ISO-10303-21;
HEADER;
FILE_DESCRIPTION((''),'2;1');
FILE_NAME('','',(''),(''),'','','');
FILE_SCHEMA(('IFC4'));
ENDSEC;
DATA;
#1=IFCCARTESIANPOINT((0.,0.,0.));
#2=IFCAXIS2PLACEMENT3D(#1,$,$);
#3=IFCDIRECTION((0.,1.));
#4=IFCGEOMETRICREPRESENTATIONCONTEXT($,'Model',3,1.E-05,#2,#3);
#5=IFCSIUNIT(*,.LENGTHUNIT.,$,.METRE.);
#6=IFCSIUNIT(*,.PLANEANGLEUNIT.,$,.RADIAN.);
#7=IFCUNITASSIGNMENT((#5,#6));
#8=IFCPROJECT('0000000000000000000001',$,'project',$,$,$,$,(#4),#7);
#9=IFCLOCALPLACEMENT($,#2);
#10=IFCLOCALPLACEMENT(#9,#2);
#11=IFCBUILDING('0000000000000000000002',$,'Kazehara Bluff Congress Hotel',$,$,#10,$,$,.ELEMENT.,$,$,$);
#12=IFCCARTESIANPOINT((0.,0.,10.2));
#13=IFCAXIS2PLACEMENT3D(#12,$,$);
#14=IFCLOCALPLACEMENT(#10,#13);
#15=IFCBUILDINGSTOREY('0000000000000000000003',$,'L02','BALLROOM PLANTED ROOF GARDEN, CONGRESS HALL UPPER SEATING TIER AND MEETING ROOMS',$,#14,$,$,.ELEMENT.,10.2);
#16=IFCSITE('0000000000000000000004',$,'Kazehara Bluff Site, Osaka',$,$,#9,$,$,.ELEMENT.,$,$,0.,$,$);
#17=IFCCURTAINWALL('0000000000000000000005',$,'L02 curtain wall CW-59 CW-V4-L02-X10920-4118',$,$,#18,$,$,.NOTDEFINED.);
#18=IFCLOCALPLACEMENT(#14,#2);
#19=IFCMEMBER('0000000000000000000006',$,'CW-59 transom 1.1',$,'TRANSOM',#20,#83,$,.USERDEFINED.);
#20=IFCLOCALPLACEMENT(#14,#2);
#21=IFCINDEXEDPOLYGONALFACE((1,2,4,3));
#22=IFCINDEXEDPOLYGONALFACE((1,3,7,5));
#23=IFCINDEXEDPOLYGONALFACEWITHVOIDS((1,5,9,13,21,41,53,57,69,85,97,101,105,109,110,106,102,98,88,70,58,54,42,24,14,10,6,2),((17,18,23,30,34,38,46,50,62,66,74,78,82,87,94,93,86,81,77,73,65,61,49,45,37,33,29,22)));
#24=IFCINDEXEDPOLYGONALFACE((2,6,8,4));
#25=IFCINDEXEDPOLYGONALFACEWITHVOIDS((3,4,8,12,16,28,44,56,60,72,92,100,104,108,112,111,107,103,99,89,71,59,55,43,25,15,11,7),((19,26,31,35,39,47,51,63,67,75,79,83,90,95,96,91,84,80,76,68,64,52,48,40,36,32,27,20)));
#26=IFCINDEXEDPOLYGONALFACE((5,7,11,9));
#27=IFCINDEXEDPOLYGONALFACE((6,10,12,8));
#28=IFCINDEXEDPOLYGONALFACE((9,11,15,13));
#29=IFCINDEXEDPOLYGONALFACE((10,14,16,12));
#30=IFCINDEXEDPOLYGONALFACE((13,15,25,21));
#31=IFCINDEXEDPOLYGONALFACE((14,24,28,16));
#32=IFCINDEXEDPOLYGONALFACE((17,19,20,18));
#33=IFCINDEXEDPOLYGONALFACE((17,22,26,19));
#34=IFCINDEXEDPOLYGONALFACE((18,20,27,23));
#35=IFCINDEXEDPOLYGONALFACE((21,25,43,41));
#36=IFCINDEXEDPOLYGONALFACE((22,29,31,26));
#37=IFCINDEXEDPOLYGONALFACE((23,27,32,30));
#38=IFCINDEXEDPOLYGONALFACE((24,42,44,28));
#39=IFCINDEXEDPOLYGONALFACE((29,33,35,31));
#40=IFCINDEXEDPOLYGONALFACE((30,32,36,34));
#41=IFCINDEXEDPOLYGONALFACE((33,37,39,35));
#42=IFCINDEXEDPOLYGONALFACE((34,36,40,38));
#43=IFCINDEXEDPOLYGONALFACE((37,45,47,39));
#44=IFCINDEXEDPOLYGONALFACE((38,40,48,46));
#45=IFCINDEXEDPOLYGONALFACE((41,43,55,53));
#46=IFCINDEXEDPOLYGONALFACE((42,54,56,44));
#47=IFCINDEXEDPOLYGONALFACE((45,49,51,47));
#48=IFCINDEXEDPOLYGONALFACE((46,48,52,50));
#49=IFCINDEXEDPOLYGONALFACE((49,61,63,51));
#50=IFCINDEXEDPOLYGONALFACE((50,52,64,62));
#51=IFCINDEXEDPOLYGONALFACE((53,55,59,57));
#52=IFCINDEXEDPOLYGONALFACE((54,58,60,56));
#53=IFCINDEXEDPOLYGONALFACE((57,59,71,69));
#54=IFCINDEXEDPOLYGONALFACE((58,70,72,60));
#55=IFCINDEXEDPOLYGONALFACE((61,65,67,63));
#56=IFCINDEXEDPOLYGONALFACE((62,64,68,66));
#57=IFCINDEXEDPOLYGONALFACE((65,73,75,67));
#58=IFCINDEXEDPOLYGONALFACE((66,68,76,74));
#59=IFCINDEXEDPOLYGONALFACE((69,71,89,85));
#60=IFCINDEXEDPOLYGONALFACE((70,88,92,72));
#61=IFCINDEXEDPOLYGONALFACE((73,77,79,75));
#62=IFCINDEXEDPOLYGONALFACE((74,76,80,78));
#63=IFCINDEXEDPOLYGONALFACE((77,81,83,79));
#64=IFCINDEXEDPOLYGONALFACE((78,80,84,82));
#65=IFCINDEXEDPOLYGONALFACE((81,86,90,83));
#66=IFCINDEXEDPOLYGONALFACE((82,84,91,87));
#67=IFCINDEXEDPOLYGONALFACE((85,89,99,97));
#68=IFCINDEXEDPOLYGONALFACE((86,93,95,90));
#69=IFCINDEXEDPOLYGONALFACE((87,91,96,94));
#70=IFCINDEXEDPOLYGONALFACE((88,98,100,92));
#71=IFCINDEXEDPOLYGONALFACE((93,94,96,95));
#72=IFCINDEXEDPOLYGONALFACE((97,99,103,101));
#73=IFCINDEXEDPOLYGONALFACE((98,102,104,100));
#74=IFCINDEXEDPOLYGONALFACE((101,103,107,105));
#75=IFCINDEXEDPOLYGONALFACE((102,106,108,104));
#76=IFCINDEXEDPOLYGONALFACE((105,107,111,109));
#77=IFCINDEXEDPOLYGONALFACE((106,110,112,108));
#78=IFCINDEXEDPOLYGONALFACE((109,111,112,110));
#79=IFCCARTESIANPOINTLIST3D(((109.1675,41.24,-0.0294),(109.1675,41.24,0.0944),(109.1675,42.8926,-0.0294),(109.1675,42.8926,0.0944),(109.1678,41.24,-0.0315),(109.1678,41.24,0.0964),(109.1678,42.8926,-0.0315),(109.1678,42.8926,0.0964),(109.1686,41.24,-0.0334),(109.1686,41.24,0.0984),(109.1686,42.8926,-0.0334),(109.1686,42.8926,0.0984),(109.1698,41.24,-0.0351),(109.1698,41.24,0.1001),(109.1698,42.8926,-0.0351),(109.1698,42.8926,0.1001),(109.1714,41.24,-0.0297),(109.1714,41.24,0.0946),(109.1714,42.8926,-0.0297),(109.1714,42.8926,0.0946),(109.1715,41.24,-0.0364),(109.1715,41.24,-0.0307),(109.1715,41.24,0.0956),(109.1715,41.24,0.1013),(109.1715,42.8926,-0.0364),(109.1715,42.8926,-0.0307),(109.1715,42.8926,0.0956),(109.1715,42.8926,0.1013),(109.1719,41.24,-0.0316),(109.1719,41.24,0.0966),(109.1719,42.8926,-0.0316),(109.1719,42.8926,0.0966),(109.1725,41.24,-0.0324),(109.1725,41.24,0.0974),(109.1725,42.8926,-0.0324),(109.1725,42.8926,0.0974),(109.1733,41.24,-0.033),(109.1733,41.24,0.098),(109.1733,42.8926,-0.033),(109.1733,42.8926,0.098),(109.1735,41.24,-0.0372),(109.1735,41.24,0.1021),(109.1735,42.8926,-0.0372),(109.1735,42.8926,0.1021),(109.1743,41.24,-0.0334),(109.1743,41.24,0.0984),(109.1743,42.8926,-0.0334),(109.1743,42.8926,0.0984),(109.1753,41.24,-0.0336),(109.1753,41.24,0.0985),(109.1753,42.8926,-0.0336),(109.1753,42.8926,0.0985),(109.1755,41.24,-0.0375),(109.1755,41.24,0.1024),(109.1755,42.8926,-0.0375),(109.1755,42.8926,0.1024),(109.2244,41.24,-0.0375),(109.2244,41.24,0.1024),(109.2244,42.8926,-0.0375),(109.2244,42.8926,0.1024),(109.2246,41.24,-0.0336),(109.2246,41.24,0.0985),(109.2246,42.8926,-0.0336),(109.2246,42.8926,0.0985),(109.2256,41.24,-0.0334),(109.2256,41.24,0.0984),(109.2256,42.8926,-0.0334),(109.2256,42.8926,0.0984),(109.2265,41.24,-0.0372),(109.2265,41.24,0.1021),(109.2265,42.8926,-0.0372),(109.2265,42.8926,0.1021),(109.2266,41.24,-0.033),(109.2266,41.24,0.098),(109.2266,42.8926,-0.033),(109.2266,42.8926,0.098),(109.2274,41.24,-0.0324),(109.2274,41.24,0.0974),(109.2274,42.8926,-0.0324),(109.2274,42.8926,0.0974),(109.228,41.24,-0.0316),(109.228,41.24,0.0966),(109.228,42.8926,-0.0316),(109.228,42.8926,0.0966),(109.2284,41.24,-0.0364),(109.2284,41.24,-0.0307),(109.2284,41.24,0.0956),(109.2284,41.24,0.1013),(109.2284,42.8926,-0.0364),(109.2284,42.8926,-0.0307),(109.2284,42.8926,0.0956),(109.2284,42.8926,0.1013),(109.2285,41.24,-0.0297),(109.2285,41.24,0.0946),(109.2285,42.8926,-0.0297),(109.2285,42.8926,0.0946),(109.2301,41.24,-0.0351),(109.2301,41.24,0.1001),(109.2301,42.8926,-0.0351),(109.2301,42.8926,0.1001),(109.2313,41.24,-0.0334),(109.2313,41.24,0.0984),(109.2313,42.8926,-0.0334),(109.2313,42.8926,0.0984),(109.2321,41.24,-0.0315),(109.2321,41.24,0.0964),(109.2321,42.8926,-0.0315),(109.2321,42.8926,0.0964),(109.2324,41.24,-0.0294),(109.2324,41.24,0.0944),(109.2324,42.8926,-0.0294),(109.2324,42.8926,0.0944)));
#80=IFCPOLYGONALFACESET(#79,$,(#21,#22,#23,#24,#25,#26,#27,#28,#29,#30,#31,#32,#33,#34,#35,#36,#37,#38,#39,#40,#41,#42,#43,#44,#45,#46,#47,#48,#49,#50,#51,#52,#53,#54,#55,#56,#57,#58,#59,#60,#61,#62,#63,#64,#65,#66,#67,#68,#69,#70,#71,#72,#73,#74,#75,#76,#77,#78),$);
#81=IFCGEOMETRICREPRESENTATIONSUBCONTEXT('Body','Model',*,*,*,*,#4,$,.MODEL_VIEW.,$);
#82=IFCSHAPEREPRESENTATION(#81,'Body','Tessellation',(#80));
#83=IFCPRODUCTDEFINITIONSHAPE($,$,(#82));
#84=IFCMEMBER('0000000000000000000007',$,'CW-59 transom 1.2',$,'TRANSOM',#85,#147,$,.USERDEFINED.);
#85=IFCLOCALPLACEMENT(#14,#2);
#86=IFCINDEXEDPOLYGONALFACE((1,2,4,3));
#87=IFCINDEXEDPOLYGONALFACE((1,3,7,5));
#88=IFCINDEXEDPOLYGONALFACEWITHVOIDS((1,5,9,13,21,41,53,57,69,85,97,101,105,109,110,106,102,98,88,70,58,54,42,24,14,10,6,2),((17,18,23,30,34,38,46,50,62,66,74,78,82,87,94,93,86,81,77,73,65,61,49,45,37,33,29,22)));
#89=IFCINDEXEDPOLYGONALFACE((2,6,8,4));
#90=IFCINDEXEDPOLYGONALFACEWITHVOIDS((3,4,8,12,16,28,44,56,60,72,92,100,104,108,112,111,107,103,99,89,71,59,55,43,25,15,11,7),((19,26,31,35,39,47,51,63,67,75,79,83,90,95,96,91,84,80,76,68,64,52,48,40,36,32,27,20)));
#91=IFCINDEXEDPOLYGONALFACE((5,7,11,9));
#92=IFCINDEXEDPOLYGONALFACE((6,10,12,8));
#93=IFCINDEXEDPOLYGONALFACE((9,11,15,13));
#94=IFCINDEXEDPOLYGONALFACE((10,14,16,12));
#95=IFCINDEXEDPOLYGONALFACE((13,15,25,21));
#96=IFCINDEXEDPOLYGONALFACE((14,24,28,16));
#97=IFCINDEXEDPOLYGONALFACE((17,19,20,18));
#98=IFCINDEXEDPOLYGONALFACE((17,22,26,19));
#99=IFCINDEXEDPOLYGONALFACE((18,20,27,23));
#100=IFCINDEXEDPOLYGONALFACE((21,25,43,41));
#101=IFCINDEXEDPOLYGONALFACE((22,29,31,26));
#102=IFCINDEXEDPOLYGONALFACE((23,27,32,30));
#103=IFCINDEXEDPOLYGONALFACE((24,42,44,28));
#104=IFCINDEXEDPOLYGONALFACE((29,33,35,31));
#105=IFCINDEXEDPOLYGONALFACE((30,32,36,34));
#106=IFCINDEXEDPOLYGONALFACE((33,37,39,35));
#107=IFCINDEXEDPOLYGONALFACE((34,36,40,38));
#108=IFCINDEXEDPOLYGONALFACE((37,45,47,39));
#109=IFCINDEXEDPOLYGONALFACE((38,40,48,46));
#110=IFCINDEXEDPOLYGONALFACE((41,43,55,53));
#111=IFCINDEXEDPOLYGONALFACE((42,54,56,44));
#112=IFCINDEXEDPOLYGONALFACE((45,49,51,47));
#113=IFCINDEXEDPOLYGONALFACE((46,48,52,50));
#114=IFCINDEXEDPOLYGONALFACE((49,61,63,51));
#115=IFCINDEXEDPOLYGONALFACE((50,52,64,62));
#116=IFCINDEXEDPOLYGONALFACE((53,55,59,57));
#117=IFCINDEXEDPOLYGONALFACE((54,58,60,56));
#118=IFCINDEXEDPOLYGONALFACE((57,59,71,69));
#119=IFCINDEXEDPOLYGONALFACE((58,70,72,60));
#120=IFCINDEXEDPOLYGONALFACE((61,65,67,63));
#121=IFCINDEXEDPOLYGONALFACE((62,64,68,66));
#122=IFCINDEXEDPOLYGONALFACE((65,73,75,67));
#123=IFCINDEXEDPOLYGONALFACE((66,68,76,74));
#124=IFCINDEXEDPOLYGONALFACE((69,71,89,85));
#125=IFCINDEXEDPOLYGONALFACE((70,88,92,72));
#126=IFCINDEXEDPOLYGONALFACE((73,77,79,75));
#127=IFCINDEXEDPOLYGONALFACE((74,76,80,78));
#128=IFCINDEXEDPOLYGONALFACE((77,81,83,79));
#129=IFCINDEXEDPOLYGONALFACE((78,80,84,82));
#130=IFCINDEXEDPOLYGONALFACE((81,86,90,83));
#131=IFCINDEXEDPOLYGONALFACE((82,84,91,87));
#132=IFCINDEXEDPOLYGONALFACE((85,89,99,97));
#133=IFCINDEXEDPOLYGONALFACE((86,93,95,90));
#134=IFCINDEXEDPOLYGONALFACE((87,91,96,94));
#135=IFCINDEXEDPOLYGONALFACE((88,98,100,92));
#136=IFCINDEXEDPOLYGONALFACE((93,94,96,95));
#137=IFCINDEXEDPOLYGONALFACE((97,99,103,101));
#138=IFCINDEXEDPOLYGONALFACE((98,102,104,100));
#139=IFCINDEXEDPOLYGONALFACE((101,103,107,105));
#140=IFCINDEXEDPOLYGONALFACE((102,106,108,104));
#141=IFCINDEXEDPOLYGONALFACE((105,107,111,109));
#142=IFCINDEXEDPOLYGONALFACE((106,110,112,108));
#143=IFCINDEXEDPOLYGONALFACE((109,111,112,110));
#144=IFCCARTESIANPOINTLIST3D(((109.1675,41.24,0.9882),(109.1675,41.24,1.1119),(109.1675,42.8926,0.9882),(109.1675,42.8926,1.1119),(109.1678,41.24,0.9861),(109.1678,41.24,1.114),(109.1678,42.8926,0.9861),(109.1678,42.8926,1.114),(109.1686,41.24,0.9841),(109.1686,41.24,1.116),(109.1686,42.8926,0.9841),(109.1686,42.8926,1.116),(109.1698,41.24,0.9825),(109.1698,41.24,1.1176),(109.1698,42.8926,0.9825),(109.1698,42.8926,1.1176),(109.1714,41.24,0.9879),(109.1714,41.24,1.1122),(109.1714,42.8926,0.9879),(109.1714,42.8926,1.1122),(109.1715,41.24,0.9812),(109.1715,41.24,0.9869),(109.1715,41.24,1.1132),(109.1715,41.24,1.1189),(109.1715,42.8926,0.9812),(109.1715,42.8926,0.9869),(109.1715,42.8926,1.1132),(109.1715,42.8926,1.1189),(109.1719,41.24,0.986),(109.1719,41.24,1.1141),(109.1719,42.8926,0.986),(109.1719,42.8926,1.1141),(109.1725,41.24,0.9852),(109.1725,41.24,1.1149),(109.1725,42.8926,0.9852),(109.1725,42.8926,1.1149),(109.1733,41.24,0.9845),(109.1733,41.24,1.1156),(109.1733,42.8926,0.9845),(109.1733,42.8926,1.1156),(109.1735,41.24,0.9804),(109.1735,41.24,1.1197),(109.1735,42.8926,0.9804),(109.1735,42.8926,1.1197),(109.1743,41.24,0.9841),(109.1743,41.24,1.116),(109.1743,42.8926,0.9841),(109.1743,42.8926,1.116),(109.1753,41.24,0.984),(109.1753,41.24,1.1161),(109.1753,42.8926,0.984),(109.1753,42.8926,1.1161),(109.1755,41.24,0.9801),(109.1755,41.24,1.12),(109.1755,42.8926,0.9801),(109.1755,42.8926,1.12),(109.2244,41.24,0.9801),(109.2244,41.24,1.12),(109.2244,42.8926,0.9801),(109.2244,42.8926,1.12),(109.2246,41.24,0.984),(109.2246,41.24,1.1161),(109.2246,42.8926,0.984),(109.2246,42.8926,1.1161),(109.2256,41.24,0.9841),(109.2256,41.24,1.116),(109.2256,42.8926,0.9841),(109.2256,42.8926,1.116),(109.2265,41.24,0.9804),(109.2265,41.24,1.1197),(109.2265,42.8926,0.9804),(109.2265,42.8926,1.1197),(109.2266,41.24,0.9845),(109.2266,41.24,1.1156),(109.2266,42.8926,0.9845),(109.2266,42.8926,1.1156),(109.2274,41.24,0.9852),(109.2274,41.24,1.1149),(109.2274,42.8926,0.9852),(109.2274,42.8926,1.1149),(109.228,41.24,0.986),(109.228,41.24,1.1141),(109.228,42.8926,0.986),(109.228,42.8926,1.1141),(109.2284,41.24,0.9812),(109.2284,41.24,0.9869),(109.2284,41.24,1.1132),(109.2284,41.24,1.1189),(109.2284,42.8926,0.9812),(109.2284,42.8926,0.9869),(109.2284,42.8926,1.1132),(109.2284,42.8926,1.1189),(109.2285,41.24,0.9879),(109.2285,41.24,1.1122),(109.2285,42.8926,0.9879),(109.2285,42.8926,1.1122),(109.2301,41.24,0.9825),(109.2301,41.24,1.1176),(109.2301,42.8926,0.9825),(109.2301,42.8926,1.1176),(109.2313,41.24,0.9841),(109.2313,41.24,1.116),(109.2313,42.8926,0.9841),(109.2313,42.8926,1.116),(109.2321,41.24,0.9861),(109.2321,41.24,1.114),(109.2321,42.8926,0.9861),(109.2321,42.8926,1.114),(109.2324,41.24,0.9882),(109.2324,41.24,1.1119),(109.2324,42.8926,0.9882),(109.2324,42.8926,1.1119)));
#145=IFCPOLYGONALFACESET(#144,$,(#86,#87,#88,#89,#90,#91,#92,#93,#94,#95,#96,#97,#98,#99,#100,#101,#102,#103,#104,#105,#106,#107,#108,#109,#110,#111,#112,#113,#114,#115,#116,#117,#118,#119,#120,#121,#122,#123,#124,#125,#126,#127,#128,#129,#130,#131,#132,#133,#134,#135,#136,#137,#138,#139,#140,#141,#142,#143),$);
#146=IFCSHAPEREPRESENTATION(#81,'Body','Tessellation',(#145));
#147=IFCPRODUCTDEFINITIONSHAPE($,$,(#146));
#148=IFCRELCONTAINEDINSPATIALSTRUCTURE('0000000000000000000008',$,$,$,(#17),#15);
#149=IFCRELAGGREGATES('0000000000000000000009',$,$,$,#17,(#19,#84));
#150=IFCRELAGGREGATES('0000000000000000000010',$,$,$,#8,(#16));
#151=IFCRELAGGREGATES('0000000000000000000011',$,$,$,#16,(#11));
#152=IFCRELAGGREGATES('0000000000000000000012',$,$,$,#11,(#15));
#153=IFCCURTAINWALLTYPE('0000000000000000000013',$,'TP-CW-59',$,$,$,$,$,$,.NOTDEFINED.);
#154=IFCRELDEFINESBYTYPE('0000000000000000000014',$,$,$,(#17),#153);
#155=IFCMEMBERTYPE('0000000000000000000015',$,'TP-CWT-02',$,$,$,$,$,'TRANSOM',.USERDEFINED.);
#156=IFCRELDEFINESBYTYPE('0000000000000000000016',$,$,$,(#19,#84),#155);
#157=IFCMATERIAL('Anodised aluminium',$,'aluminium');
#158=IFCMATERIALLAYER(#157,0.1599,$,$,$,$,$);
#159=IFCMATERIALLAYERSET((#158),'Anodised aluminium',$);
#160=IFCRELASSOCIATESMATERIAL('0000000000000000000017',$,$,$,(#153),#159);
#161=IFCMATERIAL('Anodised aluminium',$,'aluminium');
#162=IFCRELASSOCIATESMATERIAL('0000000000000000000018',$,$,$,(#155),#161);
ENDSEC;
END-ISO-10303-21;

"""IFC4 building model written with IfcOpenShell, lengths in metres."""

from ifc_helpers import new_model, si_unit, direction, frame, origin, origin_2d, place, context, subcontext, project, spatial, hollow_rectangle, extrude, material, layer, layer_set, material_profile, profile_set, type_object, element, aggregate, save


model = new_model("IFC4")

# Units and contexts
model_context = context("Model", 3, precision=1e-05, world=origin(), true_north=direction((0.0, 1.0)))
body_context = subcontext(model_context, "Body", "Model", "MODEL_VIEW")
ifc_project = project(units=[si_unit("LENGTHUNIT", "METRE"), si_unit("PLANEANGLEUNIT", "RADIAN")], contexts=[model_context])

# Site, building, storey
site_placement = place(None, origin())
site = spatial("IfcSite", under=ifc_project, at=site_placement, Name="Kazehara Bluff Site, Osaka", CompositionType="ELEMENT", RefElevation=0.0)
building_placement = place(site_placement, origin())
building = spatial("IfcBuilding", under=site, at=building_placement, Name="Kazehara Bluff Congress Hotel", CompositionType="ELEMENT")
storey_placement = place(building_placement, frame((0.0, 0.0, 10.2)))
storey = spatial("IfcBuildingStorey", under=building, at=storey_placement, Name="L02", Description="BALLROOM PLANTED ROOF GARDEN, CONGRESS HALL UPPER SEATING TIER AND MEETING ROOMS", CompositionType="ELEMENT", Elevation=10.2)

# Curtain wall
ifc_material_1 = material(Name="Anodised aluminium", Category="aluminium")
ifc_layer_1 = layer(ifc_material_1, 0.1599)
ifc_layer_set_1 = layer_set([ifc_layer_1], Name="Anodised aluminium")
curtain_wall_type_1 = type_object("IfcCurtainWallType", Name="TP-CW-59", PredefinedType="NOTDEFINED", material=ifc_layer_set_1)
curtain_wall_1_placement = place(storey_placement, origin())
curtain_wall_1 = element("IfcCurtainWall", 1, at=curtain_wall_1_placement, inside=storey, type_object=curtain_wall_type_1, Name="L02 curtain wall CW-59 CW-V4-L02-X10920-4118", PredefinedType="NOTDEFINED")

# Members
ifc_material_2 = material(Name="Anodised aluminium", Category="aluminium")
ifc_material_profile_1 = material_profile(ifc_material_2, hollow_rectangle(XDim=0.0649, YDim=0.1399, WallThickness=0.0039, InnerFilletRadius=0.0039, OuterFilletRadius=0.0081, at=origin_2d()))
ifc_profile_set_1 = profile_set([ifc_material_profile_1], Name="Anodised aluminium")
member_type_1 = type_object("IfcMemberType", Name="TP-CWT-02", ElementType="TRANSOM", PredefinedType="USERDEFINED", material=ifc_profile_set_1)
member_1_placement = place(storey_placement, frame((109.2, 41.24, 0.0325), z_axis=(0.0, 1.0, 0.0), x_axis=(-1.0, 0.0, 0.0)))
member_1 = element("IfcMember", 2, at=member_1_placement, type_object=member_type_1, Name="CW-59 transom 1.1", ObjectType="TRANSOM", PredefinedType="USERDEFINED", context=body_context, shape_type="SweptSolid", body=[
    extrude(hollow_rectangle(XDim=0.0649, YDim=0.1399, WallThickness=0.0039, InnerFilletRadius=0.0039, OuterFilletRadius=0.0081, at=origin_2d()), origin(), (0.0, 0.0, 1.0), 1.6526),
])
member_2_placement = place(storey_placement, frame((109.2, 41.24, 1.05), z_axis=(0.0, 1.0, 0.0), x_axis=(-1.0, 0.0, 0.0)))
member_2 = element("IfcMember", 3, at=member_2_placement, type_object=member_type_1, Name="CW-59 transom 1.2", ObjectType="TRANSOM", PredefinedType="USERDEFINED", context=body_context, shape_type="SweptSolid", body=[
    extrude(hollow_rectangle(XDim=0.0649, YDim=0.1399, WallThickness=0.0039, InnerFilletRadius=0.0039, OuterFilletRadius=0.0081, at=origin_2d()), origin(), (0.0, 0.0, 1.0), 1.6526),
])

aggregate(curtain_wall_1, [member_1, member_2])

save(model, "model.ifc")
